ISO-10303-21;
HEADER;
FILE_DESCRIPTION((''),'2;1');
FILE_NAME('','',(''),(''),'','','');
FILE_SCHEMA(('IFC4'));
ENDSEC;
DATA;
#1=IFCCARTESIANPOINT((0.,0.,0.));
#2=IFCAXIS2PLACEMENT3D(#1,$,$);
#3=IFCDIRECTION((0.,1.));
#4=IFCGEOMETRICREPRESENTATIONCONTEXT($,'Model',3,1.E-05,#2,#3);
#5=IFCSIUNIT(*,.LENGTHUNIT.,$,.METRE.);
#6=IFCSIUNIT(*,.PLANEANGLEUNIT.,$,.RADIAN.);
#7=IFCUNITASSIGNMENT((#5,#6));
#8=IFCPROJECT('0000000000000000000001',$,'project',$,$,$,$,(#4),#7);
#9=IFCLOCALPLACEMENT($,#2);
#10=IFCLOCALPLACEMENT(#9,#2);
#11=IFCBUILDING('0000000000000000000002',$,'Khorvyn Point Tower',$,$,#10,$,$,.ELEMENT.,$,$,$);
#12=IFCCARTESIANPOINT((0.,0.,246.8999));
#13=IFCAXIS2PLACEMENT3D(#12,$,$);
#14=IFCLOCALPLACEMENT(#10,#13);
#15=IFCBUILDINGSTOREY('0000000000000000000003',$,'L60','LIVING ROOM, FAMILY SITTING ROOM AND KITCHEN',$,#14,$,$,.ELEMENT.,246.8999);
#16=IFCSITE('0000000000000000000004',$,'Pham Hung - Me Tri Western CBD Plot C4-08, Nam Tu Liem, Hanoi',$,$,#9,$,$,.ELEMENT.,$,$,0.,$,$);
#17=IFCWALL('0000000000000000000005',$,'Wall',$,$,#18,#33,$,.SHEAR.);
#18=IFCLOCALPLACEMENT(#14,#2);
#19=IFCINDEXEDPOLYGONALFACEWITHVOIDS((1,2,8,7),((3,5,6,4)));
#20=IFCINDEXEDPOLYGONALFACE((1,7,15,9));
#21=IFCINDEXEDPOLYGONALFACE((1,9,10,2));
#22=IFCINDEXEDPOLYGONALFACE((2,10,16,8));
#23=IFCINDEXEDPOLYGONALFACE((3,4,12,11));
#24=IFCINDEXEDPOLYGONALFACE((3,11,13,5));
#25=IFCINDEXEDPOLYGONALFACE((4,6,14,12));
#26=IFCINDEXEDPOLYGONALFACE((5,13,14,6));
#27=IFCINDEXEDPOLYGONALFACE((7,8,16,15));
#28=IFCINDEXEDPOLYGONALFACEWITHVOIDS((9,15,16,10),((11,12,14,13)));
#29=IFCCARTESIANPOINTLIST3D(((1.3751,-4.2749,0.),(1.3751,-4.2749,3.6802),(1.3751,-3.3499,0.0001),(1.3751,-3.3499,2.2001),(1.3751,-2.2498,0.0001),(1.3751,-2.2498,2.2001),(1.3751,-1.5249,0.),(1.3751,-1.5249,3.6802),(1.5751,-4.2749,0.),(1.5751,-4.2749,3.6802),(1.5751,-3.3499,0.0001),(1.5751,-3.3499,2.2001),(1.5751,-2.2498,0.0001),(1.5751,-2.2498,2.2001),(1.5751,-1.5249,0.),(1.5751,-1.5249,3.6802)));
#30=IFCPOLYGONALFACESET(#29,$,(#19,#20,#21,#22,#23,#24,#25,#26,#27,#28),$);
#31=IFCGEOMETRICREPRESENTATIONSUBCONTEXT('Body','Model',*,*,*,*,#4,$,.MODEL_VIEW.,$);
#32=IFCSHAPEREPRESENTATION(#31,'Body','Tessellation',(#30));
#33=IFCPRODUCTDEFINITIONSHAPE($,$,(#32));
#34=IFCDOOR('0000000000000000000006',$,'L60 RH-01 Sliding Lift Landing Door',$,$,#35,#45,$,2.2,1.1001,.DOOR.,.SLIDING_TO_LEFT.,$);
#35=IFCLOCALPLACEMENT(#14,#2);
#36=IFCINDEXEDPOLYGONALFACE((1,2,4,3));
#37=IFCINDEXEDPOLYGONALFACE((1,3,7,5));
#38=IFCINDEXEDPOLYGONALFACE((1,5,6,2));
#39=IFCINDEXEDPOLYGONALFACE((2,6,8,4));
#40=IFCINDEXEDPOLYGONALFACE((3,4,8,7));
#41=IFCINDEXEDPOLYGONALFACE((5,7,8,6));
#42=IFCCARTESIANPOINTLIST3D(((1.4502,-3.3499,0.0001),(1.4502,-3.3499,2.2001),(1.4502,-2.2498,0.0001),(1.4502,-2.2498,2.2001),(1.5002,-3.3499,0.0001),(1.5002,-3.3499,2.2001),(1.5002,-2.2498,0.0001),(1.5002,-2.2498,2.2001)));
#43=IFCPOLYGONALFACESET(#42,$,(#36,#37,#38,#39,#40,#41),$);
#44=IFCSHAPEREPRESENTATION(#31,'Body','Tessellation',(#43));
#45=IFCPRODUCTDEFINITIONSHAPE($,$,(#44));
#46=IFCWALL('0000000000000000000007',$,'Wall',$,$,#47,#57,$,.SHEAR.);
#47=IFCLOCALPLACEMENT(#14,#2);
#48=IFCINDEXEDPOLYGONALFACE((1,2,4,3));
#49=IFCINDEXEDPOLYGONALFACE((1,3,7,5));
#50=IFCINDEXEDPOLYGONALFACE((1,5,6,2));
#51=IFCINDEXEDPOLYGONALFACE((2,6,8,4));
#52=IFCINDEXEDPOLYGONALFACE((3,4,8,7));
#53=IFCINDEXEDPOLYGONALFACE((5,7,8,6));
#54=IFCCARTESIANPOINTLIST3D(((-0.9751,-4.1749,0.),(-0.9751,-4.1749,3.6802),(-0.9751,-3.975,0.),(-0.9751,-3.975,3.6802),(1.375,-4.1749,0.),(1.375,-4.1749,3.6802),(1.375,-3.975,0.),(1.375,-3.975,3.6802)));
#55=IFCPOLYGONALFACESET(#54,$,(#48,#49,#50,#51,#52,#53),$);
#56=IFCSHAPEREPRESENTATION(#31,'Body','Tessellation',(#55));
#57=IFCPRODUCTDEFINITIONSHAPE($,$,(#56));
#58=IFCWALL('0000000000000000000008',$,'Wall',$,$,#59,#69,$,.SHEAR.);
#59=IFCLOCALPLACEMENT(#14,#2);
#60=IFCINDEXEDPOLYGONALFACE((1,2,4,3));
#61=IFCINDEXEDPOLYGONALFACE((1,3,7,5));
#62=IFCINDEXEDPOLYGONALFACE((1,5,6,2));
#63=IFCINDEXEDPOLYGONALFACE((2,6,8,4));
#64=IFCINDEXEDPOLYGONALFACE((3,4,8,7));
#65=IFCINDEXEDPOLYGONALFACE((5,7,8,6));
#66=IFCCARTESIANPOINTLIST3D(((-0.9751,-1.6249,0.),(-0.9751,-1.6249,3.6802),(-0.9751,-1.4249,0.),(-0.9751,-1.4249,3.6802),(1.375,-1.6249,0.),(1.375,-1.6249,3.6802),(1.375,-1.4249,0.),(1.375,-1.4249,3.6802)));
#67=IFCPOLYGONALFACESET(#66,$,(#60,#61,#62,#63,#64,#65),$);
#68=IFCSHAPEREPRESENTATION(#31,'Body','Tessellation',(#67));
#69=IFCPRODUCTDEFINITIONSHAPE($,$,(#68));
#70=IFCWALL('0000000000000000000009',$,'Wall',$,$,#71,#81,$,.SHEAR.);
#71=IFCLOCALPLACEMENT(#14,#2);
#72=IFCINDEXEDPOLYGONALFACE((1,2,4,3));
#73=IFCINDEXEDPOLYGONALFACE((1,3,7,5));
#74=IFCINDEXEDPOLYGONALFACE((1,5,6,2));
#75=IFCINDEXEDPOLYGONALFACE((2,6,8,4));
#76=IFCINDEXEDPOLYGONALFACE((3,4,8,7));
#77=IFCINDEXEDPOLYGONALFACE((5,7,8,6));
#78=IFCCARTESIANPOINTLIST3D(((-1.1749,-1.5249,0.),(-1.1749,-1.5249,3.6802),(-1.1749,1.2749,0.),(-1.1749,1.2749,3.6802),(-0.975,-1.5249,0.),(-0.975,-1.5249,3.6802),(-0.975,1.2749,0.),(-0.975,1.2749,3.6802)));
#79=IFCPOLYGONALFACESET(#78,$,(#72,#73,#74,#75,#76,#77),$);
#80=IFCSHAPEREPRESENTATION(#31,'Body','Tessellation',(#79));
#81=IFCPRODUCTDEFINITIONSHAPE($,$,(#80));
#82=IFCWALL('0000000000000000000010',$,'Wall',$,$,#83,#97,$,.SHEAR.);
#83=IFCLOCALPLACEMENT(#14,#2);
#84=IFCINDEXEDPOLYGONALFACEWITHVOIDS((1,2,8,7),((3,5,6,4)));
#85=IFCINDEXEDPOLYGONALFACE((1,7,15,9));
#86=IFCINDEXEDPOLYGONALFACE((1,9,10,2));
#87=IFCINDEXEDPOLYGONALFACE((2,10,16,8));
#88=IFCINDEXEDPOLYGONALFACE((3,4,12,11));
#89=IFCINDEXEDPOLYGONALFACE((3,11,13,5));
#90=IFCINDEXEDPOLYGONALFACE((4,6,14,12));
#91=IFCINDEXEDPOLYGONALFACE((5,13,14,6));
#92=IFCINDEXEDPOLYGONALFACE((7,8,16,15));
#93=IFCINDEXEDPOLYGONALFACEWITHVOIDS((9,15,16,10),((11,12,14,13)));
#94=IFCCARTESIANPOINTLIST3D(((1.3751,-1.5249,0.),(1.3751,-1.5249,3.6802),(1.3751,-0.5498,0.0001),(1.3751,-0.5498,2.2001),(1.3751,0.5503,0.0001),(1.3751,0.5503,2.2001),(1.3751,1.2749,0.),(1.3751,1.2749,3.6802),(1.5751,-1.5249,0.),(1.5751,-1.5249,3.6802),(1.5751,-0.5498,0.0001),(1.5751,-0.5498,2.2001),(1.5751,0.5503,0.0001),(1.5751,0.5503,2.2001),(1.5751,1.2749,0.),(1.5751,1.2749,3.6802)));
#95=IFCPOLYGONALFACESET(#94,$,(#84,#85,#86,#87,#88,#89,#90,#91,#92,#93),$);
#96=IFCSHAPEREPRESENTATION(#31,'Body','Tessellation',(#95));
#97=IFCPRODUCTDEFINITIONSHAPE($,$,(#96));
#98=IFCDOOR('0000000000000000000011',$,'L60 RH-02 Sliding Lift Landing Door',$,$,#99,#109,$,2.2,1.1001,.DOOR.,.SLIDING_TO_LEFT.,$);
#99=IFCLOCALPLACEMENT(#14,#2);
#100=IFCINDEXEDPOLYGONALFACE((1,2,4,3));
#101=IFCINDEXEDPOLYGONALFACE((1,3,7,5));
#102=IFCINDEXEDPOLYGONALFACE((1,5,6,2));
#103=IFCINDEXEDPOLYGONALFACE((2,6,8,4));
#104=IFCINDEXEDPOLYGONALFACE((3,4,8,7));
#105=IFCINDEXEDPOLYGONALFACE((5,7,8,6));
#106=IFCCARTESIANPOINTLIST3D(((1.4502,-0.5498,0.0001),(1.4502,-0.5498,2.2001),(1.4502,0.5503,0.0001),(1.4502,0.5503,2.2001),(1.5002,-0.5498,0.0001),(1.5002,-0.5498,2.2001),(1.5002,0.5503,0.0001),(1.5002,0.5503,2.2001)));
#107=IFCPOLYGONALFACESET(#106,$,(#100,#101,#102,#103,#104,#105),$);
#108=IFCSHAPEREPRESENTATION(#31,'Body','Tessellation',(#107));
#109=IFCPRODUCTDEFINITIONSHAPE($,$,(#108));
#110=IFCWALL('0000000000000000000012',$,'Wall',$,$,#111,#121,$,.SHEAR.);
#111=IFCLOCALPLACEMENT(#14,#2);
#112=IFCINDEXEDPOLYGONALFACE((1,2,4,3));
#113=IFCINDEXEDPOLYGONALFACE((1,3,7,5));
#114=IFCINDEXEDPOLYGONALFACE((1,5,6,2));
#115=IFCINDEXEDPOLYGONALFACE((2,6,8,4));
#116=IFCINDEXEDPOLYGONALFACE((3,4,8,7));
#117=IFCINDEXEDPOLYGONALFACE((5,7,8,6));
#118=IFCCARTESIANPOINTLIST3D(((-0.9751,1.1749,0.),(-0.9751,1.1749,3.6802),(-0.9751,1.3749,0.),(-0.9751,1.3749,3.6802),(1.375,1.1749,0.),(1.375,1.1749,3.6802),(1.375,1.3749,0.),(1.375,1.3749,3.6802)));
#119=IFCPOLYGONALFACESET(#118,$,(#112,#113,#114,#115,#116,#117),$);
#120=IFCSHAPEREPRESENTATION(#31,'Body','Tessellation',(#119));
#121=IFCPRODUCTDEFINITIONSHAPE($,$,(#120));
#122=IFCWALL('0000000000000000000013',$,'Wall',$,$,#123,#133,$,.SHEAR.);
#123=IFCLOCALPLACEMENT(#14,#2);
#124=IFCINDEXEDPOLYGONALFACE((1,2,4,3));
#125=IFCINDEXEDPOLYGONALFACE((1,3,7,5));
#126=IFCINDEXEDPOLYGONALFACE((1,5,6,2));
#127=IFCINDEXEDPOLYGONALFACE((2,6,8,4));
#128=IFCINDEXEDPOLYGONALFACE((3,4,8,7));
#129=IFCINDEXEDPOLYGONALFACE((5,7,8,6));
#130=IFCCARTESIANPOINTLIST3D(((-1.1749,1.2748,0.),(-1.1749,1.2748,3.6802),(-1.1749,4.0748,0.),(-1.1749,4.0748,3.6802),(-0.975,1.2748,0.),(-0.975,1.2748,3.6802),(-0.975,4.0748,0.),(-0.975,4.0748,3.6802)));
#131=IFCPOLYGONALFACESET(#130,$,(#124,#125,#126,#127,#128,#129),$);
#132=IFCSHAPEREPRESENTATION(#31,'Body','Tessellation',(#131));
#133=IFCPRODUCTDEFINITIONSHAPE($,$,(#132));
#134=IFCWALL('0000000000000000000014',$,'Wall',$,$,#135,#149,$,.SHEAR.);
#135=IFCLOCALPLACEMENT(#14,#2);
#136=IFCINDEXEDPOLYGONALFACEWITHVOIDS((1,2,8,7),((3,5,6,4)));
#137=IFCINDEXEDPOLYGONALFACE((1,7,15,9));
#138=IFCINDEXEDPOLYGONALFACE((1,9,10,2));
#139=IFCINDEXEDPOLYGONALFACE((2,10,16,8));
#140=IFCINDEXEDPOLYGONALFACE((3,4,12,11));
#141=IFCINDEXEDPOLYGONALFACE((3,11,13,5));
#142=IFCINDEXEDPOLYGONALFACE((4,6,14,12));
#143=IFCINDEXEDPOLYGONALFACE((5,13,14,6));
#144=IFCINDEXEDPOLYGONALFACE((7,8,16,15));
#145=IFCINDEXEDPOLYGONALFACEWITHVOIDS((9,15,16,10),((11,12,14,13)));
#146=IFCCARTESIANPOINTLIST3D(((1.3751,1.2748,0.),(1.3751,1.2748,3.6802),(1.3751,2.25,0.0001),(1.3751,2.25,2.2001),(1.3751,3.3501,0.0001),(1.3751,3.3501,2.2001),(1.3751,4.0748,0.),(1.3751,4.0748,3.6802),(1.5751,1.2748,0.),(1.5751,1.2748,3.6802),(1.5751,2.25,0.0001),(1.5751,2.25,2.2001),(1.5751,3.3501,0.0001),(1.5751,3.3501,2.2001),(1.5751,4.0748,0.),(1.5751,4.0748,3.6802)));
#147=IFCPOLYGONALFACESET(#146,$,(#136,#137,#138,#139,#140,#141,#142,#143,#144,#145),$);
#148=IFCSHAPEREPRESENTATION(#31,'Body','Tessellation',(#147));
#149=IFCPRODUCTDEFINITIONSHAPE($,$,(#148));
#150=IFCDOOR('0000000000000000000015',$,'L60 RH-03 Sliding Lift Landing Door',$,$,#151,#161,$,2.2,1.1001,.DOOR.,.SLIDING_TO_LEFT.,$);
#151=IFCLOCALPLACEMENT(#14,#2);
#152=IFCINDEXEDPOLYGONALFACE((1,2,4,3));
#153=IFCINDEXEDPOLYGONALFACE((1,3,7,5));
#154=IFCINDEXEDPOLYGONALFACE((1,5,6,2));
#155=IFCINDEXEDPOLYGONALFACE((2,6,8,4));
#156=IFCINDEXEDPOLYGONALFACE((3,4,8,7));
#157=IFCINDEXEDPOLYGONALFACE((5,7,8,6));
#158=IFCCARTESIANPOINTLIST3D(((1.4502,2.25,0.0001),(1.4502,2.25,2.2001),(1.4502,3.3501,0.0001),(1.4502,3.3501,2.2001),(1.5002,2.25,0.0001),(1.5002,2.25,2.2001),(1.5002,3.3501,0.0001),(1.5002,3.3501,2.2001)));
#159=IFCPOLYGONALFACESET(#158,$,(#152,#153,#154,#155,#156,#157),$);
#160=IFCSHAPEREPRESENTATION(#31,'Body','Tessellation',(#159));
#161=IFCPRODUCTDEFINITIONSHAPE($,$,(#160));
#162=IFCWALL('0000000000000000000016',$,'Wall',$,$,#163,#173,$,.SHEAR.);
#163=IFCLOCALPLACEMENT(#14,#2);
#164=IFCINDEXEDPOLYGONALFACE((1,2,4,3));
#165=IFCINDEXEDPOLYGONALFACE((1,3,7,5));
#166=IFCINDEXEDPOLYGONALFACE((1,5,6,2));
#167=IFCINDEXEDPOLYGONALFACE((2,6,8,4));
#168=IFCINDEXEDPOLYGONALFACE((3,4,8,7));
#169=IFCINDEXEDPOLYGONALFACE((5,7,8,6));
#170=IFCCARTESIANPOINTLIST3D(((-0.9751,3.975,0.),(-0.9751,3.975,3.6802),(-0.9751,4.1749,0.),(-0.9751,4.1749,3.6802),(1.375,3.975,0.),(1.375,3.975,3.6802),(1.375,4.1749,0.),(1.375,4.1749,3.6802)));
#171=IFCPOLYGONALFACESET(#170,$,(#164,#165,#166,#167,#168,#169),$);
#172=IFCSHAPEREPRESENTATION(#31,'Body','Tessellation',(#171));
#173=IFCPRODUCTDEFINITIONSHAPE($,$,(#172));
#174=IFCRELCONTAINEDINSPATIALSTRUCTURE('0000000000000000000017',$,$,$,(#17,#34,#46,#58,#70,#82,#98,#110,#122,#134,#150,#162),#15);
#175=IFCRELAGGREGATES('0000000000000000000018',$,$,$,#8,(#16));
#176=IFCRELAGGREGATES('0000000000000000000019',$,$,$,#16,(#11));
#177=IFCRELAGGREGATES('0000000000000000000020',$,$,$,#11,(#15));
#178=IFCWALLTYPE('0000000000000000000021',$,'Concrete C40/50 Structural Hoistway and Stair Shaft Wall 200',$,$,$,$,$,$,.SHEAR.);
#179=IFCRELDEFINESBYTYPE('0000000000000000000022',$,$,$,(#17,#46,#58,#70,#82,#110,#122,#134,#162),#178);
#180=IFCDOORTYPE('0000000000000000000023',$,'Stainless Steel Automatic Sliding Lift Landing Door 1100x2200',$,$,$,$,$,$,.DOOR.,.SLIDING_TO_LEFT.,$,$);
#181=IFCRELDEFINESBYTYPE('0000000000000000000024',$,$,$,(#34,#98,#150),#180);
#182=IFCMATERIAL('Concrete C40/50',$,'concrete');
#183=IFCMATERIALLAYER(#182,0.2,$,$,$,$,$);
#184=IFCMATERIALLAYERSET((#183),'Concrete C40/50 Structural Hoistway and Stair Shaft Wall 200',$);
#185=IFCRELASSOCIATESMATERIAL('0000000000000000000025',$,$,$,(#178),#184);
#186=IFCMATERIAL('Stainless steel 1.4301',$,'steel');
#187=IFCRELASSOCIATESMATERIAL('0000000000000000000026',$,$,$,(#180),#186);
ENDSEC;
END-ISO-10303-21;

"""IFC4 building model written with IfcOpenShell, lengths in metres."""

from ifc_helpers import new_model, si_unit, direction, frame, frame_2d, origin, place, context, subcontext, project, spatial, rectangle, extrude, material, layer, layer_set, type_object, element, fill, save


model = new_model("IFC4")

# Units and contexts
model_context = context("Model", 3, precision=1e-05, world=origin(), true_north=direction((0.0, 1.0)))
body_context = subcontext(model_context, "Body", "Model", "MODEL_VIEW")
ifc_project = project(units=[si_unit("LENGTHUNIT", "METRE"), si_unit("PLANEANGLEUNIT", "RADIAN")], contexts=[model_context])

# Site, building, storey
site_placement = place(None, origin())
site = spatial("IfcSite", under=ifc_project, at=site_placement, Name="Pham Hung - Me Tri Western CBD Plot C4-08, Nam Tu Liem, Hanoi", CompositionType="ELEMENT", RefElevation=0.0)
building_placement = place(site_placement, origin())
building = spatial("IfcBuilding", under=site, at=building_placement, Name="Khorvyn Point Tower", CompositionType="ELEMENT")
storey_placement = place(building_placement, frame((0.0, 0.0, 246.8999)))
storey = spatial("IfcBuildingStorey", under=building, at=storey_placement, Name="L60", Description="LIVING ROOM, FAMILY SITTING ROOM AND KITCHEN", CompositionType="ELEMENT", Elevation=246.8999)

# Shared definitions
ifc_material_1 = material(Name="Concrete C40/50", Category="concrete")

# Shared definitions
ifc_layer_1 = layer(ifc_material_1, 0.2)
ifc_layer_set_1 = layer_set([ifc_layer_1], Name="Concrete C40/50 Structural Hoistway and Stair Shaft Wall 200")
wall_type = type_object("IfcWallType", Name="Concrete C40/50 Structural Hoistway and Stair Shaft Wall 200", PredefinedType="SHEAR", material=ifc_layer_set_1)

# Wall, opening, door
wall_1_placement = place(storey_placement, frame((1.4751, -4.2749, 0.0), z_axis=(0.0, 0.0, 1.0), x_axis=(0.0, 1.0, 0.0)))
wall_1 = element("IfcWall", 1, at=wall_1_placement, inside=storey, type_object=wall_type, Name="Wall", PredefinedType="SHEAR", context=body_context, shape_type="SweptSolid", body=[
    extrude(rectangle(XDim=2.75, YDim=0.2, at=frame_2d((1.375, 0.0))), origin(), (0.0, 0.0, 1.0), 3.6802),
])
opening_1_placement = place(wall_1_placement, frame((0.925, 0.0, 0.0)))
opening_1 = element("IfcOpeningElement", 2, at=opening_1_placement, cuts=wall_1, PredefinedType="OPENING", context=body_context, shape_type="SweptSolid", body=[
    extrude(rectangle(XDim=1.1001, YDim=2.2, at=frame_2d((0.55, 1.1001))), frame((0.0, 0.1099, 0.0), z_axis=(0.0, -1.0, 0.0), x_axis=(1.0, 0.0, 0.0)), (0.0, 0.0, 1.0), 0.22),
])
ifc_material_2 = material(Name="Stainless steel 1.4301", Category="steel")
door_type = type_object("IfcDoorType", Name="Stainless Steel Automatic Sliding Lift Landing Door 1100x2200", OperationType="SLIDING_TO_LEFT", PredefinedType="DOOR", material=ifc_material_2)
door_1_placement = place(opening_1_placement, origin())
door_1 = element("IfcDoor", 3, at=door_1_placement, inside=storey, type_object=door_type, Name="L60 RH-01 Sliding Lift Landing Door", OperationType="SLIDING_TO_LEFT", OverallHeight=2.2, OverallWidth=1.1001, PredefinedType="DOOR", context=body_context, shape_type="SweptSolid", body=[
    extrude(rectangle(XDim=1.1001, YDim=2.2, at=frame_2d((0.55, 1.1001))), frame((0.0, 0.0249, 0.0), z_axis=(0.0, -1.0, 0.0), x_axis=(1.0, 0.0, 0.0)), (0.0, 0.0, 1.0), 0.05),
])
fill(opening_1, door_1)

# Walls
for number, where, z_axis, x_axis, name in (
    (4, (-0.9751, -4.075, 0.0), (0.0, 0.0, 1.0), (1.0, 0.0, 0.0), "Wall"),
    (5, (-0.9751, -1.5249, 0.0), (0.0, 0.0, 1.0), (1.0, 0.0, 0.0), "Wall"),
):
    element("IfcWall", number, at=place(storey_placement, frame(where, z_axis=z_axis, x_axis=x_axis)), inside=storey, type_object=wall_type, Name=name, PredefinedType="SHEAR", context=body_context, shape_type="SweptSolid", body=[
        extrude(rectangle(XDim=2.3501, YDim=0.2, at=frame_2d((1.175, 0.0))), origin(), (0.0, 0.0, 1.0), 3.6802),
    ])
wall_2_placement = place(storey_placement, frame((-1.075, -1.5249, 0.0), z_axis=(0.0, 0.0, 1.0), x_axis=(0.0, 1.0, 0.0)))
element("IfcWall", 6, at=wall_2_placement, inside=storey, type_object=wall_type, Name="Wall", PredefinedType="SHEAR", context=body_context, shape_type="SweptSolid", body=[
    extrude(rectangle(XDim=2.7998, YDim=0.2, at=frame_2d((1.3999, 0.0))), origin(), (0.0, 0.0, 1.0), 3.6802),
])

# Wall, opening, door
wall_3_placement = place(storey_placement, frame((1.4751, -1.5249, 0.0), z_axis=(0.0, 0.0, 1.0), x_axis=(0.0, 1.0, 0.0)))
wall_3 = element("IfcWall", 7, at=wall_3_placement, inside=storey, type_object=wall_type, Name="Wall", PredefinedType="SHEAR", context=body_context, shape_type="SweptSolid", body=[
    extrude(rectangle(XDim=2.7998, YDim=0.2, at=frame_2d((1.3999, 0.0))), origin(), (0.0, 0.0, 1.0), 3.6802),
])
opening_2_placement = place(wall_3_placement, frame((0.9751, 0.0, 0.0)))
opening_2 = element("IfcOpeningElement", 8, at=opening_2_placement, cuts=wall_3, PredefinedType="OPENING", context=body_context, shape_type="SweptSolid", body=[
    extrude(rectangle(XDim=1.1001, YDim=2.2, at=frame_2d((0.55, 1.1001))), frame((0.0, 0.1099, 0.0), z_axis=(0.0, -1.0, 0.0), x_axis=(1.0, 0.0, 0.0)), (0.0, 0.0, 1.0), 0.22),
])
door_2_placement = place(opening_2_placement, origin())
door_2 = element("IfcDoor", 9, at=door_2_placement, inside=storey, type_object=door_type, Name="L60 RH-02 Sliding Lift Landing Door", OperationType="SLIDING_TO_LEFT", OverallHeight=2.2, OverallWidth=1.1001, PredefinedType="DOOR", context=body_context, shape_type="SweptSolid", body=[
    extrude(rectangle(XDim=1.1001, YDim=2.2, at=frame_2d((0.55, 1.1001))), frame((0.0, 0.0249, 0.0), z_axis=(0.0, -1.0, 0.0), x_axis=(1.0, 0.0, 0.0)), (0.0, 0.0, 1.0), 0.05),
])
fill(opening_2, door_2)

# Walls
wall_4_placement = place(storey_placement, frame((-0.9751, 1.2749, 0.0), z_axis=(0.0, 0.0, 1.0), x_axis=(1.0, 0.0, 0.0)))
element("IfcWall", 10, at=wall_4_placement, inside=storey, type_object=wall_type, Name="Wall", PredefinedType="SHEAR", context=body_context, shape_type="SweptSolid", body=[
    extrude(rectangle(XDim=2.3501, YDim=0.2, at=frame_2d((1.175, 0.0))), origin(), (0.0, 0.0, 1.0), 3.6802),
])
wall_5_placement = place(storey_placement, frame((-1.075, 1.2749, 0.0), z_axis=(0.0, 0.0, 1.0), x_axis=(0.0, 1.0, 0.0)))
element("IfcWall", 11, at=wall_5_placement, inside=storey, type_object=wall_type, Name="Wall", PredefinedType="SHEAR", context=body_context, shape_type="SweptSolid", body=[
    extrude(rectangle(XDim=2.8, YDim=0.2, at=frame_2d((1.3999, 0.0))), origin(), (0.0, 0.0, 1.0), 3.6802),
])

# Wall, opening, door
wall_6_placement = place(storey_placement, frame((1.4751, 1.2749, 0.0), z_axis=(0.0, 0.0, 1.0), x_axis=(0.0, 1.0, 0.0)))
wall_6 = element("IfcWall", 12, at=wall_6_placement, inside=storey, type_object=wall_type, Name="Wall", PredefinedType="SHEAR", context=body_context, shape_type="SweptSolid", body=[
    extrude(rectangle(XDim=2.8, YDim=0.2, at=frame_2d((1.3999, 0.0))), origin(), (0.0, 0.0, 1.0), 3.6802),
])
opening_3_placement = place(wall_6_placement, frame((0.9751, 0.0, 0.0)))
opening_3 = element("IfcOpeningElement", 13, at=opening_3_placement, cuts=wall_6, PredefinedType="OPENING", context=body_context, shape_type="SweptSolid", body=[
    extrude(rectangle(XDim=1.1001, YDim=2.2, at=frame_2d((0.55, 1.1001))), frame((0.0, 0.1099, 0.0), z_axis=(0.0, -1.0, 0.0), x_axis=(1.0, 0.0, 0.0)), (0.0, 0.0, 1.0), 0.22),
])
door_3_placement = place(opening_3_placement, origin())
door_3 = element("IfcDoor", 14, at=door_3_placement, inside=storey, type_object=door_type, Name="L60 RH-03 Sliding Lift Landing Door", OperationType="SLIDING_TO_LEFT", OverallHeight=2.2, OverallWidth=1.1001, PredefinedType="DOOR", context=body_context, shape_type="SweptSolid", body=[
    extrude(rectangle(XDim=1.1001, YDim=2.2, at=frame_2d((0.55, 1.1001))), frame((0.0, 0.0249, 0.0), z_axis=(0.0, -1.0, 0.0), x_axis=(1.0, 0.0, 0.0)), (0.0, 0.0, 1.0), 0.05),
])
fill(opening_3, door_3)

# Wall
wall_7_placement = place(storey_placement, frame((-0.9751, 4.075, 0.0), z_axis=(0.0, 0.0, 1.0), x_axis=(1.0, 0.0, 0.0)))
element("IfcWall", 15, at=wall_7_placement, inside=storey, type_object=wall_type, Name="Wall", PredefinedType="SHEAR", context=body_context, shape_type="SweptSolid", body=[
    extrude(rectangle(XDim=2.3501, YDim=0.2, at=frame_2d((1.175, 0.0))), origin(), (0.0, 0.0, 1.0), 3.6802),
])

save(model, "model.ifc")
